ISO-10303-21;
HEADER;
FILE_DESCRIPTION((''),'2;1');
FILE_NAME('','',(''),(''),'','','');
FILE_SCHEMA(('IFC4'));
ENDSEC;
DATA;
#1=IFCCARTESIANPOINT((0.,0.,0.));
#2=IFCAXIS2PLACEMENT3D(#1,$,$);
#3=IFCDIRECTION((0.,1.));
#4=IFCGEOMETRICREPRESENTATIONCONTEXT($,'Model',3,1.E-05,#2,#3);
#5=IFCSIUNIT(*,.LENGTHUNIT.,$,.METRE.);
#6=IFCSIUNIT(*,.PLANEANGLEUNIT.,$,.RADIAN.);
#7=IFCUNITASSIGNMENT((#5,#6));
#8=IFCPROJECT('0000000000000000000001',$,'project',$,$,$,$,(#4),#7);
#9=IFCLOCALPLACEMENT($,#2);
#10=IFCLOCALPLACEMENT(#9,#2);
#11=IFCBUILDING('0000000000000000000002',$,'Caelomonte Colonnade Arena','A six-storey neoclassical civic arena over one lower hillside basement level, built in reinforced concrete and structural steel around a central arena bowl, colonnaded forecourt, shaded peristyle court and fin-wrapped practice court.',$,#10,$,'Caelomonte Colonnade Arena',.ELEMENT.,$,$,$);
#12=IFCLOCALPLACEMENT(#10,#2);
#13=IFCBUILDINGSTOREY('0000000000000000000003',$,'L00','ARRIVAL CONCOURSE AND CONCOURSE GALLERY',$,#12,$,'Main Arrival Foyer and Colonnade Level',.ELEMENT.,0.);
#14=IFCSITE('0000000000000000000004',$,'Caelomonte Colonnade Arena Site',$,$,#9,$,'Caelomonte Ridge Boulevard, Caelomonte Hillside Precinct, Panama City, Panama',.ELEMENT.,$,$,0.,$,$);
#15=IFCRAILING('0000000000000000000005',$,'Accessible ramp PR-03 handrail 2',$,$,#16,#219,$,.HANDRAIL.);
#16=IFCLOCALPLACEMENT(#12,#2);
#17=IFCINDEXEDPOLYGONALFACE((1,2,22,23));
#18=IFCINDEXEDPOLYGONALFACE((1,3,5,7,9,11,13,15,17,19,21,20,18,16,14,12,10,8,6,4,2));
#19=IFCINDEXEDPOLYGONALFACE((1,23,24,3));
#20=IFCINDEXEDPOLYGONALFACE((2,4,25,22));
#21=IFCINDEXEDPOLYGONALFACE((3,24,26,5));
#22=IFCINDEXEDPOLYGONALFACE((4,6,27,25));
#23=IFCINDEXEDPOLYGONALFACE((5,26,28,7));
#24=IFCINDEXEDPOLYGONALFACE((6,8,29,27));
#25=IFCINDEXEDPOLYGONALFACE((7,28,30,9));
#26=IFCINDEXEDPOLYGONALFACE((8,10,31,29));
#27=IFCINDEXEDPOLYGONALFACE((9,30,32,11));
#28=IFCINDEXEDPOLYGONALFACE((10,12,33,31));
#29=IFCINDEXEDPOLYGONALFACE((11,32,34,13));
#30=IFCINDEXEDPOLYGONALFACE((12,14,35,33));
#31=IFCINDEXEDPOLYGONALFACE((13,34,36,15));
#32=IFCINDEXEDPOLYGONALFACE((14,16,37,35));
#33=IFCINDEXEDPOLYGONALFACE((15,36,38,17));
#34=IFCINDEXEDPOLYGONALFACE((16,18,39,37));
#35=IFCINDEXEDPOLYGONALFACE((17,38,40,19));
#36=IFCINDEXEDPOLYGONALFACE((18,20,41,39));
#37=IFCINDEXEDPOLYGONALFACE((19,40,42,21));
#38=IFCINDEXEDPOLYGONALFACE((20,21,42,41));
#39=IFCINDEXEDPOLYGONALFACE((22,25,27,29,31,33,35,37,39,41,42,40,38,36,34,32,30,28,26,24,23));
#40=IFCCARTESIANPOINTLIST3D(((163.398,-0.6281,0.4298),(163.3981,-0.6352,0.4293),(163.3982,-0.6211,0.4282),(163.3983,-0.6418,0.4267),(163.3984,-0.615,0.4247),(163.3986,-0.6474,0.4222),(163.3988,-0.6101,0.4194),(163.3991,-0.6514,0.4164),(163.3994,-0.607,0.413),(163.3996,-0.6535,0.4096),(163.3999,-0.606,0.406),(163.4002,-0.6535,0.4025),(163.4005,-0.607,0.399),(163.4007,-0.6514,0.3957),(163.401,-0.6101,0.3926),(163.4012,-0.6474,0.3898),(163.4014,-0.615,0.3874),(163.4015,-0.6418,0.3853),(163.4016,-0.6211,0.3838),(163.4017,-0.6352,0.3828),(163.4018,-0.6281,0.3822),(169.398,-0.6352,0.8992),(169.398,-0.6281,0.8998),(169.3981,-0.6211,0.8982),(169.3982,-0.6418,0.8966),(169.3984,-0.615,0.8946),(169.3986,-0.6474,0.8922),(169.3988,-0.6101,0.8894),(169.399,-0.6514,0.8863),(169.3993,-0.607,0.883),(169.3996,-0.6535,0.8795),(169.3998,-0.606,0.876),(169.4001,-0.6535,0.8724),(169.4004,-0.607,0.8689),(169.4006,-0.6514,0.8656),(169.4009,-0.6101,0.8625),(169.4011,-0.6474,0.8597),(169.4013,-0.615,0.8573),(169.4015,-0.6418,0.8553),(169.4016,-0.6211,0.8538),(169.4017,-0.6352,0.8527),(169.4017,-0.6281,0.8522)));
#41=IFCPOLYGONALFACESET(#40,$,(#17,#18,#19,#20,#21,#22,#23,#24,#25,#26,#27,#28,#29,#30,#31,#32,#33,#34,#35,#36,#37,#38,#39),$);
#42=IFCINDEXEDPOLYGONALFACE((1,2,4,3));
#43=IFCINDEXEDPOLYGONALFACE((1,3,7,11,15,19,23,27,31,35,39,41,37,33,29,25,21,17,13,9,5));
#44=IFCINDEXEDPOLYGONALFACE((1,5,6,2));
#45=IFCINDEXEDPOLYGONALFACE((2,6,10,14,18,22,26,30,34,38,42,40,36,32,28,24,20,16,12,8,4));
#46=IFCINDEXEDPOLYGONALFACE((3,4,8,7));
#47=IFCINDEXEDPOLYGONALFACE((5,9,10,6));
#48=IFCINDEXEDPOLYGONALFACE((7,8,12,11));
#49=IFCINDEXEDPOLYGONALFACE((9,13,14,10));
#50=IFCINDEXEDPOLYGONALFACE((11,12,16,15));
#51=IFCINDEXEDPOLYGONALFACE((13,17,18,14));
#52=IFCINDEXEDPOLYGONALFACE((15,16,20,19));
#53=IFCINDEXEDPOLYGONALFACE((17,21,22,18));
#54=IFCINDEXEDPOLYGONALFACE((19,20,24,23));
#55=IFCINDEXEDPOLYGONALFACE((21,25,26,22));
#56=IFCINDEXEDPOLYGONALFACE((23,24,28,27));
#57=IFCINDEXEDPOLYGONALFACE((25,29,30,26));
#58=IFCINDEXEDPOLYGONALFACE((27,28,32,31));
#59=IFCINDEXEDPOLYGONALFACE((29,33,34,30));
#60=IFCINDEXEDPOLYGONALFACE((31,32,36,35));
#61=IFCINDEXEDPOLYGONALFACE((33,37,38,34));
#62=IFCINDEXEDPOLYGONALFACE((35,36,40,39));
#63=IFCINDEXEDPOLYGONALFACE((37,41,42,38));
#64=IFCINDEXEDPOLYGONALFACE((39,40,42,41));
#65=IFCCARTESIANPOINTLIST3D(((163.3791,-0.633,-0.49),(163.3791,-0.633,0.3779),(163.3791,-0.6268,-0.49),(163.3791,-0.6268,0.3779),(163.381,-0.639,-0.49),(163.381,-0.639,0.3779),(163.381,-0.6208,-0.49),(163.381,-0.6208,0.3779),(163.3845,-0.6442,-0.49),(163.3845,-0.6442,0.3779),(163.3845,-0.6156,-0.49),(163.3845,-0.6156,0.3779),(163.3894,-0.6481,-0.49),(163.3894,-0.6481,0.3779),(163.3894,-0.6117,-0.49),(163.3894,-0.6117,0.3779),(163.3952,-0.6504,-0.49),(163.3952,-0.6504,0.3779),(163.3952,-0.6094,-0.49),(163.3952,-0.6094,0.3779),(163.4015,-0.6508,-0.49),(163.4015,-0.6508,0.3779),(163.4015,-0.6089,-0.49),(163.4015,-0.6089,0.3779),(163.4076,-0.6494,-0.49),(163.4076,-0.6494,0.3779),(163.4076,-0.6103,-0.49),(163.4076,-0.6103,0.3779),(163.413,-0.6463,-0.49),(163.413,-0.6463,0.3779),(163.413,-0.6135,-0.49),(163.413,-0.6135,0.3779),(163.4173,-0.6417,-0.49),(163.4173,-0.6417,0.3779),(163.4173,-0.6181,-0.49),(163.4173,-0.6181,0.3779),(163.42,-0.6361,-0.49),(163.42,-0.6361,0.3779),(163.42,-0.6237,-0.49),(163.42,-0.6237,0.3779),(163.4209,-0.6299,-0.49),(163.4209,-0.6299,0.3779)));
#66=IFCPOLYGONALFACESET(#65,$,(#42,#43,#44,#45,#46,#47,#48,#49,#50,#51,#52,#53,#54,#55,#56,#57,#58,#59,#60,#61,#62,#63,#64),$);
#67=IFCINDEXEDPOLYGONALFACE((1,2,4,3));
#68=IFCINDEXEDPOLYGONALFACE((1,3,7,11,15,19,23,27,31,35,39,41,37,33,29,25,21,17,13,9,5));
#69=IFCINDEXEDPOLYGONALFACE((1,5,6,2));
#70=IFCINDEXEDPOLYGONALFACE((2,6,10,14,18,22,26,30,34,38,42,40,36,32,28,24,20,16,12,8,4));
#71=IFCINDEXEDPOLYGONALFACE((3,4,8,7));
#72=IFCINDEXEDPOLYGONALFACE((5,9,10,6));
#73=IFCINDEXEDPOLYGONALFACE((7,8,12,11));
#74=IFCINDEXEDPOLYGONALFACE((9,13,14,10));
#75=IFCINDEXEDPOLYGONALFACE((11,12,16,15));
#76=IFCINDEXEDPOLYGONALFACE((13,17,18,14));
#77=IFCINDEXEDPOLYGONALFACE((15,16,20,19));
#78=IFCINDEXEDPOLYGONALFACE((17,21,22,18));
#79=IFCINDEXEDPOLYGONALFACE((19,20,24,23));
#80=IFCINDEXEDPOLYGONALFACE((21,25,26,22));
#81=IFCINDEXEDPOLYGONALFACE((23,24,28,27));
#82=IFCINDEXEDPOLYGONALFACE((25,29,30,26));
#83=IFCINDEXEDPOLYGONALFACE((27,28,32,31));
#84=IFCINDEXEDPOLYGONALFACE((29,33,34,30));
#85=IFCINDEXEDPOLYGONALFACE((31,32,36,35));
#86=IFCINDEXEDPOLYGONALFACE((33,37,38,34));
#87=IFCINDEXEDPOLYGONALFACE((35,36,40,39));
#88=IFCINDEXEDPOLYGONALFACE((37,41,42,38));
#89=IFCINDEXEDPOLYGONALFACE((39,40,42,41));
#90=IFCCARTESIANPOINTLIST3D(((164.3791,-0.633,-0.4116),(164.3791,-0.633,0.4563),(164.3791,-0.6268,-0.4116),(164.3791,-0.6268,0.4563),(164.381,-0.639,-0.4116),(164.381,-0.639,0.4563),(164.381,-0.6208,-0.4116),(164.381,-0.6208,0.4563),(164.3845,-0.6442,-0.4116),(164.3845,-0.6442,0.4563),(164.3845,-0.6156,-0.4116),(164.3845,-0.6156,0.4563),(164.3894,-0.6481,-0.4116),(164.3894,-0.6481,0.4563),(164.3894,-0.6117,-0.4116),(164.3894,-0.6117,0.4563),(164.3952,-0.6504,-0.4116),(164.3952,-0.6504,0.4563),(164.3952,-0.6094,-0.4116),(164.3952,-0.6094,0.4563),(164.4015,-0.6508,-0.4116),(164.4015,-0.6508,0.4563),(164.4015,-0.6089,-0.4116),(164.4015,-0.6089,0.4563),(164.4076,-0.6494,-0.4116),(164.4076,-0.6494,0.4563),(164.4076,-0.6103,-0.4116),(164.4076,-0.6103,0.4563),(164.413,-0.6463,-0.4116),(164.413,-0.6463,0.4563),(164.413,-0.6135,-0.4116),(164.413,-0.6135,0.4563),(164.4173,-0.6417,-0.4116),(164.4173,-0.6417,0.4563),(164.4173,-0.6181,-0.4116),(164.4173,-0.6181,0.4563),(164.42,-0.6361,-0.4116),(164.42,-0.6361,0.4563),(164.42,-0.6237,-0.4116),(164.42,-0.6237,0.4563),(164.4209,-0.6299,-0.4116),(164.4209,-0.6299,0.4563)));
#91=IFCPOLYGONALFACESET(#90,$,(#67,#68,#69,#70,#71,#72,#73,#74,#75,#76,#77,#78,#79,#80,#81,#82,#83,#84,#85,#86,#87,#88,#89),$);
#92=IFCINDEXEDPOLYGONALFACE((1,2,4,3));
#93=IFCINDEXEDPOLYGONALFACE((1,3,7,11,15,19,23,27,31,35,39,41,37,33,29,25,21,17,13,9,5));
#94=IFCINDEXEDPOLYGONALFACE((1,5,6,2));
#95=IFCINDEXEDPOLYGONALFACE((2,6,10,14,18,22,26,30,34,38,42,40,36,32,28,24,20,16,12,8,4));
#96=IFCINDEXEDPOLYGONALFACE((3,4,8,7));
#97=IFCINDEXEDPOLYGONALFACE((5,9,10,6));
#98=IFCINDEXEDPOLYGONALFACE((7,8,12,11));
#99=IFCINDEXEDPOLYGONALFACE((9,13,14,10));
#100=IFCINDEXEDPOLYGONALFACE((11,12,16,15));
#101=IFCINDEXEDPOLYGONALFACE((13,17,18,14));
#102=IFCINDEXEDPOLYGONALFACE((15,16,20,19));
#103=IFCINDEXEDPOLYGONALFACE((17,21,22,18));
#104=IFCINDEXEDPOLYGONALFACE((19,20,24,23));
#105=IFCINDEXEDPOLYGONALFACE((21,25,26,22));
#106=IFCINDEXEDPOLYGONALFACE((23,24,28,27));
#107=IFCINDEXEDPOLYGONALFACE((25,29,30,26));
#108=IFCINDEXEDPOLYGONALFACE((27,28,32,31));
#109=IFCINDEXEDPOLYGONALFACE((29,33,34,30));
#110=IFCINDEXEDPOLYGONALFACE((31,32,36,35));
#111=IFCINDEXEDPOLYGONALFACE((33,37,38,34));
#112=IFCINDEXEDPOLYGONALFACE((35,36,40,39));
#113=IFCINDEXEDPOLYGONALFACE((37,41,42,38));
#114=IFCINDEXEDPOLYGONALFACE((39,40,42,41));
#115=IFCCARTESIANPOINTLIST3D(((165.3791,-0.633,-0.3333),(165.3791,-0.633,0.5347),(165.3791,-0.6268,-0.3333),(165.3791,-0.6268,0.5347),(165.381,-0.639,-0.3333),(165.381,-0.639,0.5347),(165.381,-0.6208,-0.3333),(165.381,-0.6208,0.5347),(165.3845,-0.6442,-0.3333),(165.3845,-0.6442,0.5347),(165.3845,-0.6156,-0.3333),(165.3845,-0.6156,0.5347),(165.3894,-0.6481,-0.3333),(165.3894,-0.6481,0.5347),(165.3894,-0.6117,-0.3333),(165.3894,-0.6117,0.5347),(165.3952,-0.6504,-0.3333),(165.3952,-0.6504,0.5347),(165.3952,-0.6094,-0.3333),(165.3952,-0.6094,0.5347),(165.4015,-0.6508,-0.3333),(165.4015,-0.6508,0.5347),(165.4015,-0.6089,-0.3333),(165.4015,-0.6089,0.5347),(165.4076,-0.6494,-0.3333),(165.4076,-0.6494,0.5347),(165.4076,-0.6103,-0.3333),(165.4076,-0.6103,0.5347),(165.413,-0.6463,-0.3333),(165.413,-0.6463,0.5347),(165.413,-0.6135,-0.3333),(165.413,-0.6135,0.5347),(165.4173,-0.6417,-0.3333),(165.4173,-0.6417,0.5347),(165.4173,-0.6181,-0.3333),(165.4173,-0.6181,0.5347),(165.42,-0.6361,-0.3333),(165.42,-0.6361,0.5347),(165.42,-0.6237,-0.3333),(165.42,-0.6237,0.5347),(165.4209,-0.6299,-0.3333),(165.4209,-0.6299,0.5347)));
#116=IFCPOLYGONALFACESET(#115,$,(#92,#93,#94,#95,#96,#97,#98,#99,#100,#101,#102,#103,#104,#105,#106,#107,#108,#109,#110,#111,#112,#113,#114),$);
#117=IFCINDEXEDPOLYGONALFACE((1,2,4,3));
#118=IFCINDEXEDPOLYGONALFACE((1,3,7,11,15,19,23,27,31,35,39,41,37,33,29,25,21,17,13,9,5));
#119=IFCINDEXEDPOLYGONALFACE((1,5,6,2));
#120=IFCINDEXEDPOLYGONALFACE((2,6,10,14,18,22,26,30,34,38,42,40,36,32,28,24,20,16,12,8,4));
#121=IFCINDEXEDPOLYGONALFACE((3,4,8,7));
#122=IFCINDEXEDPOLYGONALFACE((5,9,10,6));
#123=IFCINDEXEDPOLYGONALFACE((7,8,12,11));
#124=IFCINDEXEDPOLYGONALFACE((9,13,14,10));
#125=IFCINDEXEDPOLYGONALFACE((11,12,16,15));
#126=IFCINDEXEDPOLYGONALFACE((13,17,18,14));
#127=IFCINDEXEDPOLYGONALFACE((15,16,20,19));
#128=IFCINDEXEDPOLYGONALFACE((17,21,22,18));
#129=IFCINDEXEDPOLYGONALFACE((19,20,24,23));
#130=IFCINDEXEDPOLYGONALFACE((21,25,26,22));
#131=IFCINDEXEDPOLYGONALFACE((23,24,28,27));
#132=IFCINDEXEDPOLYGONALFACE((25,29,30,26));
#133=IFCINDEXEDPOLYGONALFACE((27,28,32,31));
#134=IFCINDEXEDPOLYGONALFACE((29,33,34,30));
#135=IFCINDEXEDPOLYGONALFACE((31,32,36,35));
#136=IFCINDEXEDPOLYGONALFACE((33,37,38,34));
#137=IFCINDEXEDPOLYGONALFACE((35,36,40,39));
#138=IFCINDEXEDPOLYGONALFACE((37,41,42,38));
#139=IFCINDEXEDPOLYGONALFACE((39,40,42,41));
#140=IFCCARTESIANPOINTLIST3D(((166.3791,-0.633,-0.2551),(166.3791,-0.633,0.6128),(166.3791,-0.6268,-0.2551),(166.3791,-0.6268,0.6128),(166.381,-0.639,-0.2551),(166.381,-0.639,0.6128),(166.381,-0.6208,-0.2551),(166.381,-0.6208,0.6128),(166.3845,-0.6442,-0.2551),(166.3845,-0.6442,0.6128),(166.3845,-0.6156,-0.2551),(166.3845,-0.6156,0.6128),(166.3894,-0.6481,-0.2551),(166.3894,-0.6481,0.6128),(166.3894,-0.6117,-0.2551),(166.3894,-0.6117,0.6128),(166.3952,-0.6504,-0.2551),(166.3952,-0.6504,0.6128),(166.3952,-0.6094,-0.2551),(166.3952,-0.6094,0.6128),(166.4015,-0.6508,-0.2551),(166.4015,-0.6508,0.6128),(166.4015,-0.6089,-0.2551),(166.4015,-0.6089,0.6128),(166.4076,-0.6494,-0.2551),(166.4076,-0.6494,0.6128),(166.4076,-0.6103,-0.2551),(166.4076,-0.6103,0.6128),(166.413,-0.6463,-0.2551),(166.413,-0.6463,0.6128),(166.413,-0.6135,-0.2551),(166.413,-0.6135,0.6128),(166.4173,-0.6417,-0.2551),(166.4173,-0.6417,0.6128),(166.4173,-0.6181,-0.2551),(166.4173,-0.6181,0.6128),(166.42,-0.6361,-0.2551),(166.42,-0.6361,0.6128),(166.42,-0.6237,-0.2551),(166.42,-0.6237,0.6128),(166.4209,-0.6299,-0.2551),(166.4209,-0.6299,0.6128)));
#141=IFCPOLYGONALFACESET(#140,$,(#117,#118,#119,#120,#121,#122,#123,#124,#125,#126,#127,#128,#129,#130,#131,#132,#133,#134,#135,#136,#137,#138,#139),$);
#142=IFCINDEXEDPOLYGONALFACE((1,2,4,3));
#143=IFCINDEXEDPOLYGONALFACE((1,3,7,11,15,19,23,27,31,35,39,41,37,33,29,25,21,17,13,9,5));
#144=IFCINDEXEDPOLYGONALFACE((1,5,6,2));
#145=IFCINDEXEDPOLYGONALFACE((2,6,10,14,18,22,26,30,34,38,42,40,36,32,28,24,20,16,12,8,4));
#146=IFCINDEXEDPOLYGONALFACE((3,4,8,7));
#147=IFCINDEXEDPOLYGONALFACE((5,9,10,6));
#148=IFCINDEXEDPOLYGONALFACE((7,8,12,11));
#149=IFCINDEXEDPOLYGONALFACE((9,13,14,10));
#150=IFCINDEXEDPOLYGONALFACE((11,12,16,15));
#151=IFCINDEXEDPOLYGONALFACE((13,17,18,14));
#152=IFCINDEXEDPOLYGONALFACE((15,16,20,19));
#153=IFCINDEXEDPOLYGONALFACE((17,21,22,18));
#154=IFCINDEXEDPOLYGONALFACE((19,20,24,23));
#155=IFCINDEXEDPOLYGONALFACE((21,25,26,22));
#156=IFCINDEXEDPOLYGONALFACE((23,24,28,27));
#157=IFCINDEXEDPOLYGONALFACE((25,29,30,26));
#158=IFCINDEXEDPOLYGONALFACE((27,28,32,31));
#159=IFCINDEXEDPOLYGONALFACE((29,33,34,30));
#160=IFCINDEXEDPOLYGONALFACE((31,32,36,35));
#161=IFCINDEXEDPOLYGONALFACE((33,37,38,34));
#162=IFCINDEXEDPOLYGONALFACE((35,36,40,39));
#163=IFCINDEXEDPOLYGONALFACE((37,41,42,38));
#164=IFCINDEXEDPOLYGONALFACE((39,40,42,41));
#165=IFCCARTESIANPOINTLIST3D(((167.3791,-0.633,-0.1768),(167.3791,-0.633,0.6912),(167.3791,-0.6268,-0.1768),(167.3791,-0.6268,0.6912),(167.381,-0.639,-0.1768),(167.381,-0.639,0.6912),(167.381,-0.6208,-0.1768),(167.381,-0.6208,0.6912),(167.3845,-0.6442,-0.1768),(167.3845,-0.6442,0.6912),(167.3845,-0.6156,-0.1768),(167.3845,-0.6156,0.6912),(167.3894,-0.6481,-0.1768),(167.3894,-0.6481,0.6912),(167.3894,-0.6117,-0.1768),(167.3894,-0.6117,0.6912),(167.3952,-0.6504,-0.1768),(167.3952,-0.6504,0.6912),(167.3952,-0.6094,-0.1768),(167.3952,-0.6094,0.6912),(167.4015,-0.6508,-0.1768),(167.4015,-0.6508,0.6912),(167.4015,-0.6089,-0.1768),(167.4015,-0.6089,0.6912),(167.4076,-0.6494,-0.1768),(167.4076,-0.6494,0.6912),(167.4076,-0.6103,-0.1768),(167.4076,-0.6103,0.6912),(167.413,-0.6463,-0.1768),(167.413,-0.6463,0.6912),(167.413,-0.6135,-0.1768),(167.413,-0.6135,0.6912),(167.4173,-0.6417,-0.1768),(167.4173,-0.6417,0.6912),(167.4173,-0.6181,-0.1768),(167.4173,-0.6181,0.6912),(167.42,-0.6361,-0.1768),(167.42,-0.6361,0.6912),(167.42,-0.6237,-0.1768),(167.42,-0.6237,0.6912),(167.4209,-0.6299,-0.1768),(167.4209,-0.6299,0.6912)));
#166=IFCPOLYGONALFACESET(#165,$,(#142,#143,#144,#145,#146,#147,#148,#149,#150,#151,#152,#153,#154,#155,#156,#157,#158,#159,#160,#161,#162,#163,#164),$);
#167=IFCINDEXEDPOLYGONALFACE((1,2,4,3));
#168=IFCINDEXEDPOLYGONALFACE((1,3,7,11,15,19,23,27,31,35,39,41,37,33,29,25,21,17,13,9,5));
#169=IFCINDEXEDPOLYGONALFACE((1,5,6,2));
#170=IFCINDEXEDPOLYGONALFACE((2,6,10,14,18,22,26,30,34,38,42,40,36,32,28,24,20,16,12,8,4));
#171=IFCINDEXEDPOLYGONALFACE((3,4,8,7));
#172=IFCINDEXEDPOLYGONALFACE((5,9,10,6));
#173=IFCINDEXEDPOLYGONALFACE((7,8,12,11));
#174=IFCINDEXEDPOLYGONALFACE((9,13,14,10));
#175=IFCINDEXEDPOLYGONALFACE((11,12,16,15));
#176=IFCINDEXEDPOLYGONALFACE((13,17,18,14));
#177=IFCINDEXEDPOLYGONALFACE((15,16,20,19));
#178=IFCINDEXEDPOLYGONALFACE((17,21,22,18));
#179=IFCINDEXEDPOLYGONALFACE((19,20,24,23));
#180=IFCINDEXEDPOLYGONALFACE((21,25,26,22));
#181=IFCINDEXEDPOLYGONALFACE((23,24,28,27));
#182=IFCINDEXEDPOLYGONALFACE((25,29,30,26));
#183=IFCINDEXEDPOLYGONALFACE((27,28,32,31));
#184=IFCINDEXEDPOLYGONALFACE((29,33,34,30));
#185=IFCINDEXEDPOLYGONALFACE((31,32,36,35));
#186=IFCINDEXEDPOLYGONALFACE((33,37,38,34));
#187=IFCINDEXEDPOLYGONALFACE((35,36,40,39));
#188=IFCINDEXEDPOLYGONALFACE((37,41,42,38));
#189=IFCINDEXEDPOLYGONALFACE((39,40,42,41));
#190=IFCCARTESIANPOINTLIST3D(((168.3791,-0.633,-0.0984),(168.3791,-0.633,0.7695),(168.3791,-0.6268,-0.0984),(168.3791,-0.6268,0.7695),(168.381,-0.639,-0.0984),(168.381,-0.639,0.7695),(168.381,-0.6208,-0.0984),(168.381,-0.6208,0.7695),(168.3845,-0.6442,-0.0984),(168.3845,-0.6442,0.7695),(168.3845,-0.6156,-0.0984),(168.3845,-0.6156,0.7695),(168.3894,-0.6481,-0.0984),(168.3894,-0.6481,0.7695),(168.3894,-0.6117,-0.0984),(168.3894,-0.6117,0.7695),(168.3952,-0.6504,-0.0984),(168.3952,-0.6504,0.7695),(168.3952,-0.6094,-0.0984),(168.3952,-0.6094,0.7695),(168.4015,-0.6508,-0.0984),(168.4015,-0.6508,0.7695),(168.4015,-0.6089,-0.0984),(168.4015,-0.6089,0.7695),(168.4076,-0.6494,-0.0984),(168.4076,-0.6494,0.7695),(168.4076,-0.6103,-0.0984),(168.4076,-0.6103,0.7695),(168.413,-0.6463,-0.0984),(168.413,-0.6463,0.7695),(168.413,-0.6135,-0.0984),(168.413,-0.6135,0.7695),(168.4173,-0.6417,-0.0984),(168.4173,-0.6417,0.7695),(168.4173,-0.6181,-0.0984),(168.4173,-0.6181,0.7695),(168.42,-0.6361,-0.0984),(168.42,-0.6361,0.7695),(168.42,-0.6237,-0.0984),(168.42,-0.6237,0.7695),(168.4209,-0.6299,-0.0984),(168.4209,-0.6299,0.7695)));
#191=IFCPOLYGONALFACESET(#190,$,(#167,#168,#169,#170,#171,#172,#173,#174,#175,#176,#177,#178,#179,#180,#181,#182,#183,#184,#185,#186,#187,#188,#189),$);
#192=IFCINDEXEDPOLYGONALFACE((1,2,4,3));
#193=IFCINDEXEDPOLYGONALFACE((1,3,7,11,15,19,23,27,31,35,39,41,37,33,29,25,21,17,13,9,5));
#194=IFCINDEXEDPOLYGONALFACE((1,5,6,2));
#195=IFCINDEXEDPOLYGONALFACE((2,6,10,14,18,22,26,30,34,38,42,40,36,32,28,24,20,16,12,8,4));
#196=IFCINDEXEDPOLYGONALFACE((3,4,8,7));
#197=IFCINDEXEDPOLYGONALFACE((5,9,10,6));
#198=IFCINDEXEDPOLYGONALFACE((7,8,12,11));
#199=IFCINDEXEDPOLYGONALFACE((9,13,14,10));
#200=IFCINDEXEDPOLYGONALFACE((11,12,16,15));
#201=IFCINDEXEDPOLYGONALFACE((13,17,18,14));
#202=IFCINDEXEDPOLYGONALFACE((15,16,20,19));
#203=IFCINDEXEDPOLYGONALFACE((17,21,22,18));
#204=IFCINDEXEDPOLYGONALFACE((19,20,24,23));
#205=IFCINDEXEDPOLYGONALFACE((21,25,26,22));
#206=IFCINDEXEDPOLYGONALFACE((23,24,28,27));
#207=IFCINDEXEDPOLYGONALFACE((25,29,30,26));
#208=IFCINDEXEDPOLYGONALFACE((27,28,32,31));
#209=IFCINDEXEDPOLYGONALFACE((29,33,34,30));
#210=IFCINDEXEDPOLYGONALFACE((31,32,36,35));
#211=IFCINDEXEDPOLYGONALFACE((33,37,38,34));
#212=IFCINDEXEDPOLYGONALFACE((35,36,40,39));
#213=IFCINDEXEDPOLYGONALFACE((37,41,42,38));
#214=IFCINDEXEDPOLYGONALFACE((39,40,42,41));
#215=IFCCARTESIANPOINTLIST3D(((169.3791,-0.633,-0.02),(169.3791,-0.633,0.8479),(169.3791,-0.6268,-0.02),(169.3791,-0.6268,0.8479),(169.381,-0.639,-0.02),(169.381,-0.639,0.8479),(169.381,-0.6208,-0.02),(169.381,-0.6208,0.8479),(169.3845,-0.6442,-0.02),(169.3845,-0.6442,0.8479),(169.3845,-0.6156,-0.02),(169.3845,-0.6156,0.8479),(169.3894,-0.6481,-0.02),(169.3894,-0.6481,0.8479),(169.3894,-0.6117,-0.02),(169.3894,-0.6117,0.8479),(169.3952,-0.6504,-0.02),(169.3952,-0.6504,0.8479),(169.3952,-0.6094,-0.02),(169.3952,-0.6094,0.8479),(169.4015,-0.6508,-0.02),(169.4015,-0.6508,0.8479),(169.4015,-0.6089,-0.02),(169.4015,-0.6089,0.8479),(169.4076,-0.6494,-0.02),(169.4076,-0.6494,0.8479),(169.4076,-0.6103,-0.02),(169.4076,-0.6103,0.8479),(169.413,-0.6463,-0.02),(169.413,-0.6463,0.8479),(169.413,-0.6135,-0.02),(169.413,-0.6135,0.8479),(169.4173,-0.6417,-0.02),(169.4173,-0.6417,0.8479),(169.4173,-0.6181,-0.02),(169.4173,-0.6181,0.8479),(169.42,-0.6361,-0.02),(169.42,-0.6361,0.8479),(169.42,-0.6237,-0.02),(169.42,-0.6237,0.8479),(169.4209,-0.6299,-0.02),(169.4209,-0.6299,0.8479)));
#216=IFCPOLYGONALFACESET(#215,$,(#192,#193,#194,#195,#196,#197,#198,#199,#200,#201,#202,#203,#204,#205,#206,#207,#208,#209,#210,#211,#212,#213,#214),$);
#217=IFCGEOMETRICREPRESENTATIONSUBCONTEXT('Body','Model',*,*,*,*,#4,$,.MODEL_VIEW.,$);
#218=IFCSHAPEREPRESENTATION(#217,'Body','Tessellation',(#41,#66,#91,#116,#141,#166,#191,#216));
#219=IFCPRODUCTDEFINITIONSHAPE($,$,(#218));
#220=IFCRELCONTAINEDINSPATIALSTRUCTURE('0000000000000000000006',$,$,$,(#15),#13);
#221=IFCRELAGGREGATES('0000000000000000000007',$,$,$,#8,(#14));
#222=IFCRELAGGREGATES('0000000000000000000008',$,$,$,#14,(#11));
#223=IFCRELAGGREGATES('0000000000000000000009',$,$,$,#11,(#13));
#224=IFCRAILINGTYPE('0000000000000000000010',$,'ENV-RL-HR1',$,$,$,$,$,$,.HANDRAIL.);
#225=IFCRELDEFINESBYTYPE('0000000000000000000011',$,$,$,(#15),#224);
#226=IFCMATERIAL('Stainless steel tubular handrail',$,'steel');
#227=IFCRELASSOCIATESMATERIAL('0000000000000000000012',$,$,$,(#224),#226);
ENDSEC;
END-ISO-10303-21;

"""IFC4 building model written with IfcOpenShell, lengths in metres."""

from ifc_helpers import new_model, si_unit, direction, frame, origin, origin_2d, place, context, subcontext, project, spatial, circle, extrude, material, type_object, element, save


model = new_model("IFC4")

# Units and contexts
model_context = context("Model", 3, precision=1e-05, world=origin(), true_north=direction((0.0, 1.0)))
body_context = subcontext(model_context, "Body", "Model", "MODEL_VIEW")
ifc_project = project(units=[si_unit("LENGTHUNIT", "METRE"), si_unit("PLANEANGLEUNIT", "RADIAN")], contexts=[model_context])

# Site, building, storey
site_placement = place(None, origin())
site = spatial("IfcSite", under=ifc_project, at=site_placement, Name="Caelomonte Colonnade Arena Site", LongName="Caelomonte Ridge Boulevard, Caelomonte Hillside Precinct, Panama City, Panama", CompositionType="ELEMENT", RefElevation=0.0)
building_placement = place(site_placement, origin())
building = spatial("IfcBuilding", under=site, at=building_placement, Name="Caelomonte Colonnade Arena", Description="A six-storey neoclassical civic arena over one lower hillside basement level, built in reinforced concrete and structural steel around a central arena bowl, colonnaded forecourt, shaded peristyle court and fin-wrapped practice court.", LongName="Caelomonte Colonnade Arena", CompositionType="ELEMENT")
storey_placement = place(building_placement, origin())
storey = spatial("IfcBuildingStorey", under=building, at=storey_placement, Name="L00", Description="ARRIVAL CONCOURSE AND CONCOURSE GALLERY", LongName="Main Arrival Foyer and Colonnade Level", CompositionType="ELEMENT", Elevation=0.0)

# Railing
ifc_material_1 = material(Name="Stainless steel tubular handrail", Category="steel")
railing_type = type_object("IfcRailingType", Name="ENV-RL-HR1", PredefinedType="HANDRAIL", material=ifc_material_1)
for number, where, name in (
    (1, (163.3999, -0.6299, -0.49), "Accessible ramp PR-03 handrail 2"),
):
    element("IfcRailing", number, at=place(storey_placement, frame(where)), inside=storey, type_object=railing_type, Name=name, PredefinedType="HANDRAIL", context=body_context, shape_type="SweptSolid", body=[
        extrude(circle(Radius=0.0239, at=origin_2d()), frame((0.0, 0.0, 0.896), z_axis=(0.996946, 0.0, 0.078089), x_axis=(0.0, 1.0, 0.0)), (0.0, 0.0, 1.0), 6.0183),
        extrude(circle(Radius=0.021, at=origin_2d()), origin(), (0.0, 0.0, 1.0), 0.8679),
        extrude(circle(Radius=0.021, at=origin_2d()), frame((1.0, 0.0, 0.0784)), (0.0, 0.0, 1.0), 0.8679),
        extrude(circle(Radius=0.021, at=origin_2d()), frame((2.0, 0.0, 0.1567)), (0.0, 0.0, 1.0), 0.8679),
        extrude(circle(Radius=0.021, at=origin_2d()), frame((3.0, 0.0, 0.2349)), (0.0, 0.0, 1.0), 0.8679),
        extrude(circle(Radius=0.021, at=origin_2d()), frame((4.0, 0.0, 0.3132)), (0.0, 0.0, 1.0), 0.8679),
        extrude(circle(Radius=0.021, at=origin_2d()), frame((5.0, 0.0, 0.3916)), (0.0, 0.0, 1.0), 0.8679),
        extrude(circle(Radius=0.021, at=origin_2d()), frame((6.0, 0.0, 0.47)), (0.0, 0.0, 1.0), 0.8679),
    ])

save(model, "model.ifc")
